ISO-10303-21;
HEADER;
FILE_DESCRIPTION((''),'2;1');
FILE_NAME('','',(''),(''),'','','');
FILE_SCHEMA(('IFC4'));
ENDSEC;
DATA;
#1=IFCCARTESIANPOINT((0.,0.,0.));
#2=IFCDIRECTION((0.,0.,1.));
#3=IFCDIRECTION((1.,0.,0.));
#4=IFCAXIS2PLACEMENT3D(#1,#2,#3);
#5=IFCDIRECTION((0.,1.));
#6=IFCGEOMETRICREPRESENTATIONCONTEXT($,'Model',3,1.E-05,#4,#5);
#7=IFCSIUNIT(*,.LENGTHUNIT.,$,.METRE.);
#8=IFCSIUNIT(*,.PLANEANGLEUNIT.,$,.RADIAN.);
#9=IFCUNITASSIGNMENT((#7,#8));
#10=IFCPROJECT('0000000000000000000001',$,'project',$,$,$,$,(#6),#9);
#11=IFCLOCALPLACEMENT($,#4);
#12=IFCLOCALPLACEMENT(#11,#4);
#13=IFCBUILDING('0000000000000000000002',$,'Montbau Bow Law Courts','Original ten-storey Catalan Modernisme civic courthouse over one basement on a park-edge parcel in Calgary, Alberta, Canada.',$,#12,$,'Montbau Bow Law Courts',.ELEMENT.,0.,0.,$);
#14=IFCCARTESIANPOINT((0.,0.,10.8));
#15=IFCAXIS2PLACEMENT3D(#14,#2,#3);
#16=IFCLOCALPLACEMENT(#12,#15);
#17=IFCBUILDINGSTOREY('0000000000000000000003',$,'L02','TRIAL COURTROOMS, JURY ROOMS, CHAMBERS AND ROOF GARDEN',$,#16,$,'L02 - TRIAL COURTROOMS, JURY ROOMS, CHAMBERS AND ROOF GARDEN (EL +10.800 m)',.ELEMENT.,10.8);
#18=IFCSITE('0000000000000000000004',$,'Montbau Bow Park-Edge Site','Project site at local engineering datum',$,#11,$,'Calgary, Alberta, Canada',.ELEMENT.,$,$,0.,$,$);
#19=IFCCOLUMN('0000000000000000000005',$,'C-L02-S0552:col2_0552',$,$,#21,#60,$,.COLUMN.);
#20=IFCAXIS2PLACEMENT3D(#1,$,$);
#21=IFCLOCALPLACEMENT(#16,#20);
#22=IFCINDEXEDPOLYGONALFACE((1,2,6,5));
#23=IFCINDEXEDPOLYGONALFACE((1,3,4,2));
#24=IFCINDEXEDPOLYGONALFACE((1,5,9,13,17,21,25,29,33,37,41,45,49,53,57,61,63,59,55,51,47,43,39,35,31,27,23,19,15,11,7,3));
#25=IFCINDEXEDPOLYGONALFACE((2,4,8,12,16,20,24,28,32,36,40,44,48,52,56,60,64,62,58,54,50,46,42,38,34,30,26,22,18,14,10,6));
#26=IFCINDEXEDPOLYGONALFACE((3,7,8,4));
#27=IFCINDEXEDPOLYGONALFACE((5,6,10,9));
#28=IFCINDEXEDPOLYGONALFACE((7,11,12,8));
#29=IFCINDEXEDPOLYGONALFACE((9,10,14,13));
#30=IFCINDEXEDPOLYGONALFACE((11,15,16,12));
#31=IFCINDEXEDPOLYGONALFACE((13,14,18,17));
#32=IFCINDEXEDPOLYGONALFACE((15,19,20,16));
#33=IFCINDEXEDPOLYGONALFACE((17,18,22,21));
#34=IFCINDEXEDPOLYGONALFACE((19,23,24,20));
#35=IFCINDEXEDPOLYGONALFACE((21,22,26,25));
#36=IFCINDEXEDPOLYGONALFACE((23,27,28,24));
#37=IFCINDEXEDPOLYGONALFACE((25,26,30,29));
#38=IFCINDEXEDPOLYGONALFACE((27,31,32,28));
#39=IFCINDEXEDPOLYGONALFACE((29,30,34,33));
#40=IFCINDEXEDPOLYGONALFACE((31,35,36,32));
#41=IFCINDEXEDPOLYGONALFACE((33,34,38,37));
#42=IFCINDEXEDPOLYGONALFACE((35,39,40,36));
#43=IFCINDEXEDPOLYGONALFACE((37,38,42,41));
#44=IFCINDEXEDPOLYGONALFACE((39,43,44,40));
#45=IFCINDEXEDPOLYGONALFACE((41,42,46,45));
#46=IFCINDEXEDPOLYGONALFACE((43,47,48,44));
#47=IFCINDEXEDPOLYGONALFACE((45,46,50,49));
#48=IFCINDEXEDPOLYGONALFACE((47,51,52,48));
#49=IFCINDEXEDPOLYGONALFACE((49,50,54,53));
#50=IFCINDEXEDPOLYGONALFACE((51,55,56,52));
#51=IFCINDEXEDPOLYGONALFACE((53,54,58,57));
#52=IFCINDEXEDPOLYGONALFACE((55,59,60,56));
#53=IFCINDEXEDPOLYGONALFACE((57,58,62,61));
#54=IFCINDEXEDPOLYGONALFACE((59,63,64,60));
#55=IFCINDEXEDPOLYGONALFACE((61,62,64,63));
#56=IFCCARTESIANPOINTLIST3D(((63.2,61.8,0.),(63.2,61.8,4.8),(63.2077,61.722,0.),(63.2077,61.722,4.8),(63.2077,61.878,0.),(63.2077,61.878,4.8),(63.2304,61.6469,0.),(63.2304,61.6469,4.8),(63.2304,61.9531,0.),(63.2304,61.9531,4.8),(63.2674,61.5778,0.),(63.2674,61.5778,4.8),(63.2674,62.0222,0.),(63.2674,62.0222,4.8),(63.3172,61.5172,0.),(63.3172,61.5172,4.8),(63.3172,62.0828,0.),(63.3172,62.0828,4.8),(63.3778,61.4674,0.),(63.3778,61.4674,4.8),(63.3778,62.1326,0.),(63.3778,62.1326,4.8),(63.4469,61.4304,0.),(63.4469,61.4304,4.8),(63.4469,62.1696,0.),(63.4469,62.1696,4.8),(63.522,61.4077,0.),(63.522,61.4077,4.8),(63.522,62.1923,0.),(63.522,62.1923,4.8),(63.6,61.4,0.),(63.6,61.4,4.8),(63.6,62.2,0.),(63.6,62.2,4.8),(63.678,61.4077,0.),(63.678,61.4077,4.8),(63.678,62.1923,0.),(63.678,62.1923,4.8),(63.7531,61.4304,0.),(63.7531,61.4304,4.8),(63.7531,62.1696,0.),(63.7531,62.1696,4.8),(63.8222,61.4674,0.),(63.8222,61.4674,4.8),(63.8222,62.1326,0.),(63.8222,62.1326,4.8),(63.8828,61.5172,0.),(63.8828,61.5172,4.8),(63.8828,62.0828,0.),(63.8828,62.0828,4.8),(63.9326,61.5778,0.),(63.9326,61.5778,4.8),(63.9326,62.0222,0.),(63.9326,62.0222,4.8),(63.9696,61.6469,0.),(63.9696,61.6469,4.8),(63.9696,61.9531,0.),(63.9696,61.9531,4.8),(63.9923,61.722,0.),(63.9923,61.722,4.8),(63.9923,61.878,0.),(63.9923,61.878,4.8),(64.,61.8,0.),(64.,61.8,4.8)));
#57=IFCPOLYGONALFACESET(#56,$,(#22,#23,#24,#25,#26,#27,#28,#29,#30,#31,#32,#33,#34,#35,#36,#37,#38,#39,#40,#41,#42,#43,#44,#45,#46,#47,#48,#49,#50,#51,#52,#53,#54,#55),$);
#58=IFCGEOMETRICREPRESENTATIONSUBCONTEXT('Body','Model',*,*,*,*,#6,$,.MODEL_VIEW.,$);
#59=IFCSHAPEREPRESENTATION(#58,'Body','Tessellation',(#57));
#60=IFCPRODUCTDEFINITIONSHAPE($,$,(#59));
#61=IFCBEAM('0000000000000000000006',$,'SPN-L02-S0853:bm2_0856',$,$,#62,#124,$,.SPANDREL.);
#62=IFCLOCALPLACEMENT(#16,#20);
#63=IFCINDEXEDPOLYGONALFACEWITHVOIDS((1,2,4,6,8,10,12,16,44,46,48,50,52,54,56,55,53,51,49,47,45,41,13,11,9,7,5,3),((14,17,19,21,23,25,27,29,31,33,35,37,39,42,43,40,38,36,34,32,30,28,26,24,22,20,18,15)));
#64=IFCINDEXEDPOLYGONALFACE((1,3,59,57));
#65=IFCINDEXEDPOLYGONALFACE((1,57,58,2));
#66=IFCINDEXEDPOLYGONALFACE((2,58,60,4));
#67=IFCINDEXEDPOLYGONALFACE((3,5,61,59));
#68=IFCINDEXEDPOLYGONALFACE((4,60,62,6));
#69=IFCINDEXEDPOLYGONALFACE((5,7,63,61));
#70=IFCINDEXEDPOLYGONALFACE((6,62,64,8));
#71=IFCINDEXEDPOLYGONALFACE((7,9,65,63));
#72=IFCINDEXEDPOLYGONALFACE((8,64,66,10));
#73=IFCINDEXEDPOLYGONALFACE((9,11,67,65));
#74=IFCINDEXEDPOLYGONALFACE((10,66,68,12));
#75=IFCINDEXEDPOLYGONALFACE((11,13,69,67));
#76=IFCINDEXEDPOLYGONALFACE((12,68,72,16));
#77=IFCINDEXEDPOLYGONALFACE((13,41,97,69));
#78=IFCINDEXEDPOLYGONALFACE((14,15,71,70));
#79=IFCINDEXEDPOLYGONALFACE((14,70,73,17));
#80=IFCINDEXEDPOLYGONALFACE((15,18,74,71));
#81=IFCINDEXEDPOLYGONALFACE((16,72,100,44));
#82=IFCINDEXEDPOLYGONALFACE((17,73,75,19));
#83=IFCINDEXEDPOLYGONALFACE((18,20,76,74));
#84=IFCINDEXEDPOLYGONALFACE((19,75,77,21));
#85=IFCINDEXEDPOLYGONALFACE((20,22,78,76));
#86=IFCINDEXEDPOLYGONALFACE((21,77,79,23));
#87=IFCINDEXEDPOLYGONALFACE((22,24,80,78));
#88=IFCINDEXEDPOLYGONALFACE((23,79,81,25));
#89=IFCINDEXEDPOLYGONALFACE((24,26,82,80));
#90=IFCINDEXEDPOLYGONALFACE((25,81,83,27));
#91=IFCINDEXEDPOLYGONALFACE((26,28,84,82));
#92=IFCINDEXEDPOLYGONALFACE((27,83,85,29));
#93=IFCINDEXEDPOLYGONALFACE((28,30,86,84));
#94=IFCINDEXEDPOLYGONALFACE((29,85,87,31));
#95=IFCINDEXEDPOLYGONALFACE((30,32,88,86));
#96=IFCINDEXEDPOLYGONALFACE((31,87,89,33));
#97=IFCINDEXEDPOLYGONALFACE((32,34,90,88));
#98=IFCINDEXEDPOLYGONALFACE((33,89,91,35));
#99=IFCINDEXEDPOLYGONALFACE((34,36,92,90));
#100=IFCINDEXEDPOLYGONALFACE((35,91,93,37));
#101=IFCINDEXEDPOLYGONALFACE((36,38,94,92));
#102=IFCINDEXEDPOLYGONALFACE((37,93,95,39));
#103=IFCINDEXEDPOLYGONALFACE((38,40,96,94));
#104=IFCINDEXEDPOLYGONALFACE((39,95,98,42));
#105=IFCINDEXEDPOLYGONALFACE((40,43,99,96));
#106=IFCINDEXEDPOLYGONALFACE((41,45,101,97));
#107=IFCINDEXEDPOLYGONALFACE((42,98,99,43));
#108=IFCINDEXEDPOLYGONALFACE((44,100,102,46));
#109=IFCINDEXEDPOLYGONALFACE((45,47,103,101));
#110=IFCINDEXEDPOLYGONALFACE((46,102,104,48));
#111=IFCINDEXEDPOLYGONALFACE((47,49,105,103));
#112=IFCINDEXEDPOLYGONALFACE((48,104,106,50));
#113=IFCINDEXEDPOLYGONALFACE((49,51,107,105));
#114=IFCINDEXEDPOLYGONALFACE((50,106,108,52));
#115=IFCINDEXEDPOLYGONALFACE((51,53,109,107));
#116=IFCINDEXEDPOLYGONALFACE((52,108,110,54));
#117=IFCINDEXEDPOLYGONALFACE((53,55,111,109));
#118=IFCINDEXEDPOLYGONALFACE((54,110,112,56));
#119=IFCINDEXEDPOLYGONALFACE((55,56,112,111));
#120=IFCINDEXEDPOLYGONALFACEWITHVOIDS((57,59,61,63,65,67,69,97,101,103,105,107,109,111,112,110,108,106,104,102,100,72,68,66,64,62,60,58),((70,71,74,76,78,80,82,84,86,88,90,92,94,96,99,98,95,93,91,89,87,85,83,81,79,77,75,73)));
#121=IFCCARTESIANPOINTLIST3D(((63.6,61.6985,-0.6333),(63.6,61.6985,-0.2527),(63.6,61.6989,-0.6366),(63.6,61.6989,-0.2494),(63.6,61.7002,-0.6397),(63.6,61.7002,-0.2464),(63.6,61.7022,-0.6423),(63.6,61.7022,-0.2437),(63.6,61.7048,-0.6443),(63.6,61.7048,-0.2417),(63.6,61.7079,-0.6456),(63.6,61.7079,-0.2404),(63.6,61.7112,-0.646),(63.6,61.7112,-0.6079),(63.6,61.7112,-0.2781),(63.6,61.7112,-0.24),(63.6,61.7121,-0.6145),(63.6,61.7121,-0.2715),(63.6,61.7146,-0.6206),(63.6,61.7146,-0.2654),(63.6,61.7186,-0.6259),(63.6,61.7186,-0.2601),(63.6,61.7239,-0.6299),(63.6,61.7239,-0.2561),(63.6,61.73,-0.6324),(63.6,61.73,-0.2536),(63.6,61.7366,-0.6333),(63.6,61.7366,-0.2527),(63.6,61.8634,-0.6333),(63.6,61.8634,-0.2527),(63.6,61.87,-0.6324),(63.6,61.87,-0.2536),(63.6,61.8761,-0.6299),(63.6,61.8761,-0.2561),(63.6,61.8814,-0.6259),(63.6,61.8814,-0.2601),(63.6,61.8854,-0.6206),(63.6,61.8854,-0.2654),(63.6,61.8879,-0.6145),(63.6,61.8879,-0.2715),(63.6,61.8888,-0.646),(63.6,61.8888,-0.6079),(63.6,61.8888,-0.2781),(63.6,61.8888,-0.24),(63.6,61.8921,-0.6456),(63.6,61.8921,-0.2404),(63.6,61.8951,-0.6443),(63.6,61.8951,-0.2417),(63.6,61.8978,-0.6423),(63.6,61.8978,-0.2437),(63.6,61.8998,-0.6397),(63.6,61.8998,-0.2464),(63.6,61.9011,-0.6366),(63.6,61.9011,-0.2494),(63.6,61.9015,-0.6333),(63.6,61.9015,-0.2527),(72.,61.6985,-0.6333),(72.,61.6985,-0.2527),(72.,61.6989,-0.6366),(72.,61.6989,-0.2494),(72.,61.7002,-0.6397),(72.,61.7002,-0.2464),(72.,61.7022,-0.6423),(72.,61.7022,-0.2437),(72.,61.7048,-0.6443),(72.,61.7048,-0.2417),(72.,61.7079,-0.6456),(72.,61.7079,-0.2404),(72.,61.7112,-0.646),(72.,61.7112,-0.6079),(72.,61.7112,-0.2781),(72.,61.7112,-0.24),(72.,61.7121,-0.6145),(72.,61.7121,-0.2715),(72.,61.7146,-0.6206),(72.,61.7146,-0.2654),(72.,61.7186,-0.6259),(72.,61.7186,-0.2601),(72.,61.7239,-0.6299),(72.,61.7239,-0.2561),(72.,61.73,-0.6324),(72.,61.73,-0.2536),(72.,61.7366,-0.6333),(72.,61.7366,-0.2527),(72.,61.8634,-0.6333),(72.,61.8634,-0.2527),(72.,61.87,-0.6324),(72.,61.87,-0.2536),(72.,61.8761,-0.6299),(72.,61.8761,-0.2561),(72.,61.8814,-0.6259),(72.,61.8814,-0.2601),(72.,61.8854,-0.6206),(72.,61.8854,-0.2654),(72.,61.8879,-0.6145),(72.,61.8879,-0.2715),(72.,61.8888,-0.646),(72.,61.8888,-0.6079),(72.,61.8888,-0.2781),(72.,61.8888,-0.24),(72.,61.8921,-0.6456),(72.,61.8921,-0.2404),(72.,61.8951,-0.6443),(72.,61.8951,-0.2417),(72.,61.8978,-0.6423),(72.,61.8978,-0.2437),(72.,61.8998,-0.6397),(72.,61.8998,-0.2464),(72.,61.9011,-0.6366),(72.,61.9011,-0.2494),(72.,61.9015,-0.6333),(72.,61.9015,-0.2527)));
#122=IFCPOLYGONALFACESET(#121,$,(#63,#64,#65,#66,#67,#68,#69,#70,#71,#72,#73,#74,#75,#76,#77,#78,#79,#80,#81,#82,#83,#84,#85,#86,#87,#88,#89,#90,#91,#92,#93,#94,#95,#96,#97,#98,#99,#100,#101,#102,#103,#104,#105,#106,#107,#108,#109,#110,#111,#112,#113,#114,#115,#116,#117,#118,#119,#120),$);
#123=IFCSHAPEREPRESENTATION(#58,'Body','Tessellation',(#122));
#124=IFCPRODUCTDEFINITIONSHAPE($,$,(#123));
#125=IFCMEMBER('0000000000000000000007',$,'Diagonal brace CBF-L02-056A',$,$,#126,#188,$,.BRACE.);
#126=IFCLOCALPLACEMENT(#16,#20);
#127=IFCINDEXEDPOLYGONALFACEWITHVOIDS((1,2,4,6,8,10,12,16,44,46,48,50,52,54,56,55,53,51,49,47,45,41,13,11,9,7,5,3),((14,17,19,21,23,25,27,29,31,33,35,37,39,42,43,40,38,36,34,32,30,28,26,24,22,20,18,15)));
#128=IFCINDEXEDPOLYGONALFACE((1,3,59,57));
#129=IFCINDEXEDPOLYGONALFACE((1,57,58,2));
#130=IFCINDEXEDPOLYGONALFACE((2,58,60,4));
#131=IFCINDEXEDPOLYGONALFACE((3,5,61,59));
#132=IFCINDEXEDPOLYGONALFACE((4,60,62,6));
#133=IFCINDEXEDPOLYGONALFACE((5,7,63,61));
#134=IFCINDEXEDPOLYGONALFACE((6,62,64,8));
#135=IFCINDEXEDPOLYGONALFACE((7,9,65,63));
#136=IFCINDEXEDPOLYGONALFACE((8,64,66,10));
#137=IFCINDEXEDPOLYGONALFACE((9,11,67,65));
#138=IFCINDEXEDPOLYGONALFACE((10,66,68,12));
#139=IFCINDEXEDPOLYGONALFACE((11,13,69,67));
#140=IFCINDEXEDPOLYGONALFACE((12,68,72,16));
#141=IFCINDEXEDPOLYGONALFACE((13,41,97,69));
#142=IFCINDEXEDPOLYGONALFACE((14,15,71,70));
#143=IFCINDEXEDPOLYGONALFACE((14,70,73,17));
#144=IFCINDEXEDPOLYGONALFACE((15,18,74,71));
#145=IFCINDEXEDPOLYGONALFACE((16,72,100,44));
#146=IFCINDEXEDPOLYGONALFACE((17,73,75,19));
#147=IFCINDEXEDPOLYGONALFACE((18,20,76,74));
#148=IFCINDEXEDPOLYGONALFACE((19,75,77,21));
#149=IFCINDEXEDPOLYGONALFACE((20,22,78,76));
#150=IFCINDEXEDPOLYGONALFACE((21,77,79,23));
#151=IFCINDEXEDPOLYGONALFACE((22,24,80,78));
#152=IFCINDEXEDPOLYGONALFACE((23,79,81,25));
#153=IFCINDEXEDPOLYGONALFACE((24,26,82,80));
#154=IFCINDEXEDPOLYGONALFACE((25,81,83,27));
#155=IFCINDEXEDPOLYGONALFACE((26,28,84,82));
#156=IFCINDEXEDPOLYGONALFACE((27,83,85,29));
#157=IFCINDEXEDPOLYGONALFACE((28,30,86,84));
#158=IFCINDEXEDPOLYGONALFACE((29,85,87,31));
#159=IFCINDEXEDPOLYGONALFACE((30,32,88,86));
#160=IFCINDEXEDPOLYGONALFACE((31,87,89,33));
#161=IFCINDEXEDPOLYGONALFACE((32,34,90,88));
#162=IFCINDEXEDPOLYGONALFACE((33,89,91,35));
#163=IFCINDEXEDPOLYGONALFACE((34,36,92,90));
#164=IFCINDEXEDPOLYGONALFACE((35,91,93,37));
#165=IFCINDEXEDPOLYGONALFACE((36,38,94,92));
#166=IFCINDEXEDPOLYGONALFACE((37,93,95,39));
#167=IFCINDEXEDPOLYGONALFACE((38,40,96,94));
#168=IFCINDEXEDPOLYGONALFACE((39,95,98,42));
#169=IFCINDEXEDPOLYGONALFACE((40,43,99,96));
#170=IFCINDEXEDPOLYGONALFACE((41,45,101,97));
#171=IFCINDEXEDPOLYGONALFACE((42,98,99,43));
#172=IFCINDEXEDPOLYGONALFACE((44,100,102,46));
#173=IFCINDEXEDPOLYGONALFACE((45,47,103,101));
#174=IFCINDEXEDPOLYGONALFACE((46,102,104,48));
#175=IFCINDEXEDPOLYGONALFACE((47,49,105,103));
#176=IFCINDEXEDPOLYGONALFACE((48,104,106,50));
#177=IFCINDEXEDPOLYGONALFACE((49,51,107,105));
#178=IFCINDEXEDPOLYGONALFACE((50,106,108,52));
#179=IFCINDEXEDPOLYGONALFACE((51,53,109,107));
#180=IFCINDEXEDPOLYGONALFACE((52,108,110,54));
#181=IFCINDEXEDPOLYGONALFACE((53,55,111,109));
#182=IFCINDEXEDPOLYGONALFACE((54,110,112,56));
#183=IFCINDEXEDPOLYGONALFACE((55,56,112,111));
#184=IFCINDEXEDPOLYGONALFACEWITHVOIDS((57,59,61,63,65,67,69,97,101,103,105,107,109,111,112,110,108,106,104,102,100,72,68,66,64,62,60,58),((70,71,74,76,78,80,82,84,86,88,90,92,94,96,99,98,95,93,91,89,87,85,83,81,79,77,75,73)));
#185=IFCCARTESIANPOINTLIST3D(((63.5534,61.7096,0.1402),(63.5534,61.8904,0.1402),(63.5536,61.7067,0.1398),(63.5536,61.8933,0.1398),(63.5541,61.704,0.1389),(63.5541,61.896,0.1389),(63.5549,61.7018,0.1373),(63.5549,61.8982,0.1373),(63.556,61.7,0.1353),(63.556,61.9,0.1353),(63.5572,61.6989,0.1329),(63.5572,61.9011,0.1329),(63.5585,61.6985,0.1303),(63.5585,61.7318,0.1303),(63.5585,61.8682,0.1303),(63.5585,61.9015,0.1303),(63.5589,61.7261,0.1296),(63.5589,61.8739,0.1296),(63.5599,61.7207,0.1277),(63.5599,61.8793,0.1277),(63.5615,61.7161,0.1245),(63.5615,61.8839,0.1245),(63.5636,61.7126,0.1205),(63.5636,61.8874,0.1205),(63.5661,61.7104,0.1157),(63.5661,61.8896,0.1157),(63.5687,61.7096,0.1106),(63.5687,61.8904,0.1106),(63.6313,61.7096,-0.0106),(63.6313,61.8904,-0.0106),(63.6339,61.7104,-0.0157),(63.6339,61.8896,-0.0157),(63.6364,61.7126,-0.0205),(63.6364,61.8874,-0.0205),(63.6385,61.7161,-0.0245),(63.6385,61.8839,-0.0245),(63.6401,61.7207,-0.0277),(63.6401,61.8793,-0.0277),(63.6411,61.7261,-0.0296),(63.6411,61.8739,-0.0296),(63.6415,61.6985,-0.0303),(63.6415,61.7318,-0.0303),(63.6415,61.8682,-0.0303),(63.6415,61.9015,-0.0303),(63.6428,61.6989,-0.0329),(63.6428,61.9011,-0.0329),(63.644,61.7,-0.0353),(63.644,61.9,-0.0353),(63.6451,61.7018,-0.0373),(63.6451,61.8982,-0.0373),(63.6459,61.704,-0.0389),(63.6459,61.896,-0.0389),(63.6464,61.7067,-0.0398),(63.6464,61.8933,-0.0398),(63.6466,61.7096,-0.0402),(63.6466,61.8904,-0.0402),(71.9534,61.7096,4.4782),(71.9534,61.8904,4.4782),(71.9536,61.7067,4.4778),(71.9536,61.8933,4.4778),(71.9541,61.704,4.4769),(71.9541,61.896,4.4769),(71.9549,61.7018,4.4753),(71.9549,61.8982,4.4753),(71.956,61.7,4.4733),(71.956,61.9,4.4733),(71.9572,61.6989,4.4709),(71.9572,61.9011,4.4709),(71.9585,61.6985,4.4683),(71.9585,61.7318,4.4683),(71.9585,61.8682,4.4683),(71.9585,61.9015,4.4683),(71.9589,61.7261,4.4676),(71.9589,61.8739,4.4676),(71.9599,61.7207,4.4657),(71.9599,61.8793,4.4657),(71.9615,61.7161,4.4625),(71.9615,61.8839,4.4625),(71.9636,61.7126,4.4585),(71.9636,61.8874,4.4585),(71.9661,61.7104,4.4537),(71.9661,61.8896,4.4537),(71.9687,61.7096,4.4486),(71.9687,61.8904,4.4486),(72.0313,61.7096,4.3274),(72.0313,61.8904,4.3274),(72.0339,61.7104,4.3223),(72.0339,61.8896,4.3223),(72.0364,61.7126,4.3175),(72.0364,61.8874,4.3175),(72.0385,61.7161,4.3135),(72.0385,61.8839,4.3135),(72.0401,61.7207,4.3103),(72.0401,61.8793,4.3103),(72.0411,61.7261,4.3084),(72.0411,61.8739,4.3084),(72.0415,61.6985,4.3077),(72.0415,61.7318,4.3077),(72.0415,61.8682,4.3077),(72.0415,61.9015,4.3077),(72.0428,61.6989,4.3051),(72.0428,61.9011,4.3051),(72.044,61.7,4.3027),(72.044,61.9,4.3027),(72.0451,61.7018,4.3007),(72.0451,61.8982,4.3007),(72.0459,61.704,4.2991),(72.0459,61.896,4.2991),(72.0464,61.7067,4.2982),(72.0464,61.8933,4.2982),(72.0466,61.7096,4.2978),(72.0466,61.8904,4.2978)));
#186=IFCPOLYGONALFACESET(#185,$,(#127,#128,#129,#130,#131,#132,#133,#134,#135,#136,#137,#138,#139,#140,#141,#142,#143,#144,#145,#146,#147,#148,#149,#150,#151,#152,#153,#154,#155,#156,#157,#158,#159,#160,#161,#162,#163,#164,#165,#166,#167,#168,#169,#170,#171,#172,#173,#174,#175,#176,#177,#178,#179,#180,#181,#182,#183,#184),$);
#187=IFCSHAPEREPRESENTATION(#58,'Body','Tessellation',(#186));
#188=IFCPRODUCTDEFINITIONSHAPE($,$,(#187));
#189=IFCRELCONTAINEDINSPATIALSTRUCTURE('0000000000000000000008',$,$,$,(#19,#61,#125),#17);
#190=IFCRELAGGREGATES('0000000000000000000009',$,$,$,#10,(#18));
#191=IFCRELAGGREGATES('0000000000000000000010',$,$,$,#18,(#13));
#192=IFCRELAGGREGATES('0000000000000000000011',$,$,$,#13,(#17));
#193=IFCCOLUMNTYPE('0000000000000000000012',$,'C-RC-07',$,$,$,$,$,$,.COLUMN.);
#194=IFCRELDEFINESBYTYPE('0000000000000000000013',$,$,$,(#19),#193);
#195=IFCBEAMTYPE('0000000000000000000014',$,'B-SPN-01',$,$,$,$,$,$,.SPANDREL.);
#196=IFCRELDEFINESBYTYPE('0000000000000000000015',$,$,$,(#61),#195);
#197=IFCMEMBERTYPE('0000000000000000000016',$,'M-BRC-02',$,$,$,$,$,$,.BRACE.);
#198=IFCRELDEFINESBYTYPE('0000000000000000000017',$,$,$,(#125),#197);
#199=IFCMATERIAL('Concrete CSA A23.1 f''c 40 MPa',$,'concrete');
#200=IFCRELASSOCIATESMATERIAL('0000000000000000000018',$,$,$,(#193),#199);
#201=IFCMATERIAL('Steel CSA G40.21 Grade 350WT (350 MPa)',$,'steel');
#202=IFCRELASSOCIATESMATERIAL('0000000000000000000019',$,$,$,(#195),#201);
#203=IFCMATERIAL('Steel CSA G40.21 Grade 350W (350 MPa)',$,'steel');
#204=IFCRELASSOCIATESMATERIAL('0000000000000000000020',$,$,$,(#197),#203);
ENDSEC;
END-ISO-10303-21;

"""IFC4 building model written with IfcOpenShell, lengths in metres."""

from ifc_helpers import new_model, si_unit, direction, frame, origin_with_axes, origin_2d_with_axis, place, context, subcontext, project, spatial, hollow_rectangle, circle, extrude, material, material_profile, profile_set, type_object, element, save


model = new_model("IFC4")

# Units and contexts
model_context = context("Model", 3, precision=1e-05, world=origin_with_axes(), true_north=direction((0.0, 1.0)))
body_context = subcontext(model_context, "Body", "Model", "MODEL_VIEW")
ifc_project = project(units=[si_unit("LENGTHUNIT", "METRE"), si_unit("PLANEANGLEUNIT", "RADIAN")], contexts=[model_context])

# Site, building, storey
site_placement = place(None, origin_with_axes())
site = spatial("IfcSite", under=ifc_project, at=site_placement, Name="Montbau Bow Park-Edge Site", Description="Project site at local engineering datum", LongName="Calgary, Alberta, Canada", CompositionType="ELEMENT", RefElevation=0.0)
building_placement = place(site_placement, origin_with_axes())
building = spatial("IfcBuilding", under=site, at=building_placement, Name="Montbau Bow Law Courts", Description="Original ten-storey Catalan Modernisme civic courthouse over one basement on a park-edge parcel in Calgary, Alberta, Canada.", LongName="Montbau Bow Law Courts", CompositionType="ELEMENT", ElevationOfRefHeight=0.0, ElevationOfTerrain=0.0)
storey_placement = place(building_placement, frame((0.0, 0.0, 10.8), z_axis=(0.0, 0.0, 1.0), x_axis=(1.0, 0.0, 0.0)))
storey = spatial("IfcBuildingStorey", under=building, at=storey_placement, Name="L02", Description="TRIAL COURTROOMS, JURY ROOMS, CHAMBERS AND ROOF GARDEN", LongName="L02 - TRIAL COURTROOMS, JURY ROOMS, CHAMBERS AND ROOF GARDEN (EL +10.800 m)", CompositionType="ELEMENT", Elevation=10.8)

# Column
ifc_material_1 = material(Name="Concrete CSA A23.1 f'c 40 MPa", Category="concrete")
ifc_material_profile_1 = material_profile(ifc_material_1, circle(Radius=0.4, at=origin_2d_with_axis()), Name="RC800D", Category="Main", Priority=0)
ifc_profile_set_1 = profile_set([ifc_material_profile_1], Name="Concrete CSA A23.1 f'c 40 MPa")
column_type = type_object("IfcColumnType", Name="C-RC-07", PredefinedType="COLUMN", material=ifc_profile_set_1)
column_placement = place(None, frame((63.6, 61.8, 10.8), z_axis=(0.0, 0.0, 1.0), x_axis=(1.0, 0.0, 0.0)))
element("IfcColumn", 1, at=column_placement, inside=storey, type_object=column_type, Name="C-L02-S0552:col2_0552", PredefinedType="COLUMN", context=body_context, shape_type="SweptSolid", body=[
    extrude(circle(Radius=0.4, at=origin_2d_with_axis()), origin_with_axes(), (0.0, 0.0, 1.0), 4.8),
])

# Beam
ifc_material_2 = material(Name="Steel CSA G40.21 Grade 350WT (350 MPa)", Category="steel")
ifc_material_profile_2 = material_profile(ifc_material_2, hollow_rectangle(XDim=0.203, YDim=0.406, WallThickness=0.0127, InnerFilletRadius=0.0254, OuterFilletRadius=0.0127, at=origin_2d_with_axis()), Name="HSS406X203X13", Category="Main", Priority=0)
ifc_profile_set_2 = profile_set([ifc_material_profile_2], Name="Steel CSA G40.21 Grade 350WT (350 MPa)")
beam_type = type_object("IfcBeamType", Name="B-SPN-01", PredefinedType="SPANDREL", material=ifc_profile_set_2)
beam_placement = place(None, frame((63.6, 61.8, 10.357), z_axis=(1.0, 0.0, 0.0), x_axis=(0.0, 1.0, 0.0)))
element("IfcBeam", 2, at=beam_placement, inside=storey, type_object=beam_type, Name="SPN-L02-S0853:bm2_0856", PredefinedType="SPANDREL", context=body_context, shape_type="SweptSolid", body=[
    extrude(hollow_rectangle(XDim=0.203, YDim=0.406, WallThickness=0.0127, InnerFilletRadius=0.0254, OuterFilletRadius=0.0127, at=origin_2d_with_axis()), origin_with_axes(), (0.0, 0.0, 1.0), 8.4),
])

# Member
ifc_material_3 = material(Name="Steel CSA G40.21 Grade 350W (350 MPa)", Category="steel")
ifc_material_profile_3 = material_profile(ifc_material_3, hollow_rectangle(XDim=0.203, YDim=0.203, WallThickness=0.0111, InnerFilletRadius=0.0222, OuterFilletRadius=0.0111, at=origin_2d_with_axis()), Name="HSS203X203X11", Category="Main", Priority=0)
ifc_profile_set_3 = profile_set([ifc_material_profile_3], Name="Steel CSA G40.21 Grade 350W (350 MPa)")
member_type_1 = type_object("IfcMemberType", Name="M-BRC-02", PredefinedType="BRACE", material=ifc_profile_set_3)
member_1_placement = place(None, frame((63.6, 61.8, 10.85), z_axis=(0.888512, 0.0, 0.458853), x_axis=(0.0, 1.0, 0.0)))
element("IfcMember", 3, at=member_1_placement, inside=storey, type_object=member_type_1, Name="Diagonal brace CBF-L02-056A", PredefinedType="BRACE", context=body_context, shape_type="SweptSolid", body=[
    extrude(hollow_rectangle(XDim=0.203, YDim=0.203, WallThickness=0.0111, InnerFilletRadius=0.0222, OuterFilletRadius=0.0111, at=origin_2d_with_axis()), origin_with_axes(), (0.0, 0.0, 1.0), 9.454),
])

save(model, "model.ifc")
